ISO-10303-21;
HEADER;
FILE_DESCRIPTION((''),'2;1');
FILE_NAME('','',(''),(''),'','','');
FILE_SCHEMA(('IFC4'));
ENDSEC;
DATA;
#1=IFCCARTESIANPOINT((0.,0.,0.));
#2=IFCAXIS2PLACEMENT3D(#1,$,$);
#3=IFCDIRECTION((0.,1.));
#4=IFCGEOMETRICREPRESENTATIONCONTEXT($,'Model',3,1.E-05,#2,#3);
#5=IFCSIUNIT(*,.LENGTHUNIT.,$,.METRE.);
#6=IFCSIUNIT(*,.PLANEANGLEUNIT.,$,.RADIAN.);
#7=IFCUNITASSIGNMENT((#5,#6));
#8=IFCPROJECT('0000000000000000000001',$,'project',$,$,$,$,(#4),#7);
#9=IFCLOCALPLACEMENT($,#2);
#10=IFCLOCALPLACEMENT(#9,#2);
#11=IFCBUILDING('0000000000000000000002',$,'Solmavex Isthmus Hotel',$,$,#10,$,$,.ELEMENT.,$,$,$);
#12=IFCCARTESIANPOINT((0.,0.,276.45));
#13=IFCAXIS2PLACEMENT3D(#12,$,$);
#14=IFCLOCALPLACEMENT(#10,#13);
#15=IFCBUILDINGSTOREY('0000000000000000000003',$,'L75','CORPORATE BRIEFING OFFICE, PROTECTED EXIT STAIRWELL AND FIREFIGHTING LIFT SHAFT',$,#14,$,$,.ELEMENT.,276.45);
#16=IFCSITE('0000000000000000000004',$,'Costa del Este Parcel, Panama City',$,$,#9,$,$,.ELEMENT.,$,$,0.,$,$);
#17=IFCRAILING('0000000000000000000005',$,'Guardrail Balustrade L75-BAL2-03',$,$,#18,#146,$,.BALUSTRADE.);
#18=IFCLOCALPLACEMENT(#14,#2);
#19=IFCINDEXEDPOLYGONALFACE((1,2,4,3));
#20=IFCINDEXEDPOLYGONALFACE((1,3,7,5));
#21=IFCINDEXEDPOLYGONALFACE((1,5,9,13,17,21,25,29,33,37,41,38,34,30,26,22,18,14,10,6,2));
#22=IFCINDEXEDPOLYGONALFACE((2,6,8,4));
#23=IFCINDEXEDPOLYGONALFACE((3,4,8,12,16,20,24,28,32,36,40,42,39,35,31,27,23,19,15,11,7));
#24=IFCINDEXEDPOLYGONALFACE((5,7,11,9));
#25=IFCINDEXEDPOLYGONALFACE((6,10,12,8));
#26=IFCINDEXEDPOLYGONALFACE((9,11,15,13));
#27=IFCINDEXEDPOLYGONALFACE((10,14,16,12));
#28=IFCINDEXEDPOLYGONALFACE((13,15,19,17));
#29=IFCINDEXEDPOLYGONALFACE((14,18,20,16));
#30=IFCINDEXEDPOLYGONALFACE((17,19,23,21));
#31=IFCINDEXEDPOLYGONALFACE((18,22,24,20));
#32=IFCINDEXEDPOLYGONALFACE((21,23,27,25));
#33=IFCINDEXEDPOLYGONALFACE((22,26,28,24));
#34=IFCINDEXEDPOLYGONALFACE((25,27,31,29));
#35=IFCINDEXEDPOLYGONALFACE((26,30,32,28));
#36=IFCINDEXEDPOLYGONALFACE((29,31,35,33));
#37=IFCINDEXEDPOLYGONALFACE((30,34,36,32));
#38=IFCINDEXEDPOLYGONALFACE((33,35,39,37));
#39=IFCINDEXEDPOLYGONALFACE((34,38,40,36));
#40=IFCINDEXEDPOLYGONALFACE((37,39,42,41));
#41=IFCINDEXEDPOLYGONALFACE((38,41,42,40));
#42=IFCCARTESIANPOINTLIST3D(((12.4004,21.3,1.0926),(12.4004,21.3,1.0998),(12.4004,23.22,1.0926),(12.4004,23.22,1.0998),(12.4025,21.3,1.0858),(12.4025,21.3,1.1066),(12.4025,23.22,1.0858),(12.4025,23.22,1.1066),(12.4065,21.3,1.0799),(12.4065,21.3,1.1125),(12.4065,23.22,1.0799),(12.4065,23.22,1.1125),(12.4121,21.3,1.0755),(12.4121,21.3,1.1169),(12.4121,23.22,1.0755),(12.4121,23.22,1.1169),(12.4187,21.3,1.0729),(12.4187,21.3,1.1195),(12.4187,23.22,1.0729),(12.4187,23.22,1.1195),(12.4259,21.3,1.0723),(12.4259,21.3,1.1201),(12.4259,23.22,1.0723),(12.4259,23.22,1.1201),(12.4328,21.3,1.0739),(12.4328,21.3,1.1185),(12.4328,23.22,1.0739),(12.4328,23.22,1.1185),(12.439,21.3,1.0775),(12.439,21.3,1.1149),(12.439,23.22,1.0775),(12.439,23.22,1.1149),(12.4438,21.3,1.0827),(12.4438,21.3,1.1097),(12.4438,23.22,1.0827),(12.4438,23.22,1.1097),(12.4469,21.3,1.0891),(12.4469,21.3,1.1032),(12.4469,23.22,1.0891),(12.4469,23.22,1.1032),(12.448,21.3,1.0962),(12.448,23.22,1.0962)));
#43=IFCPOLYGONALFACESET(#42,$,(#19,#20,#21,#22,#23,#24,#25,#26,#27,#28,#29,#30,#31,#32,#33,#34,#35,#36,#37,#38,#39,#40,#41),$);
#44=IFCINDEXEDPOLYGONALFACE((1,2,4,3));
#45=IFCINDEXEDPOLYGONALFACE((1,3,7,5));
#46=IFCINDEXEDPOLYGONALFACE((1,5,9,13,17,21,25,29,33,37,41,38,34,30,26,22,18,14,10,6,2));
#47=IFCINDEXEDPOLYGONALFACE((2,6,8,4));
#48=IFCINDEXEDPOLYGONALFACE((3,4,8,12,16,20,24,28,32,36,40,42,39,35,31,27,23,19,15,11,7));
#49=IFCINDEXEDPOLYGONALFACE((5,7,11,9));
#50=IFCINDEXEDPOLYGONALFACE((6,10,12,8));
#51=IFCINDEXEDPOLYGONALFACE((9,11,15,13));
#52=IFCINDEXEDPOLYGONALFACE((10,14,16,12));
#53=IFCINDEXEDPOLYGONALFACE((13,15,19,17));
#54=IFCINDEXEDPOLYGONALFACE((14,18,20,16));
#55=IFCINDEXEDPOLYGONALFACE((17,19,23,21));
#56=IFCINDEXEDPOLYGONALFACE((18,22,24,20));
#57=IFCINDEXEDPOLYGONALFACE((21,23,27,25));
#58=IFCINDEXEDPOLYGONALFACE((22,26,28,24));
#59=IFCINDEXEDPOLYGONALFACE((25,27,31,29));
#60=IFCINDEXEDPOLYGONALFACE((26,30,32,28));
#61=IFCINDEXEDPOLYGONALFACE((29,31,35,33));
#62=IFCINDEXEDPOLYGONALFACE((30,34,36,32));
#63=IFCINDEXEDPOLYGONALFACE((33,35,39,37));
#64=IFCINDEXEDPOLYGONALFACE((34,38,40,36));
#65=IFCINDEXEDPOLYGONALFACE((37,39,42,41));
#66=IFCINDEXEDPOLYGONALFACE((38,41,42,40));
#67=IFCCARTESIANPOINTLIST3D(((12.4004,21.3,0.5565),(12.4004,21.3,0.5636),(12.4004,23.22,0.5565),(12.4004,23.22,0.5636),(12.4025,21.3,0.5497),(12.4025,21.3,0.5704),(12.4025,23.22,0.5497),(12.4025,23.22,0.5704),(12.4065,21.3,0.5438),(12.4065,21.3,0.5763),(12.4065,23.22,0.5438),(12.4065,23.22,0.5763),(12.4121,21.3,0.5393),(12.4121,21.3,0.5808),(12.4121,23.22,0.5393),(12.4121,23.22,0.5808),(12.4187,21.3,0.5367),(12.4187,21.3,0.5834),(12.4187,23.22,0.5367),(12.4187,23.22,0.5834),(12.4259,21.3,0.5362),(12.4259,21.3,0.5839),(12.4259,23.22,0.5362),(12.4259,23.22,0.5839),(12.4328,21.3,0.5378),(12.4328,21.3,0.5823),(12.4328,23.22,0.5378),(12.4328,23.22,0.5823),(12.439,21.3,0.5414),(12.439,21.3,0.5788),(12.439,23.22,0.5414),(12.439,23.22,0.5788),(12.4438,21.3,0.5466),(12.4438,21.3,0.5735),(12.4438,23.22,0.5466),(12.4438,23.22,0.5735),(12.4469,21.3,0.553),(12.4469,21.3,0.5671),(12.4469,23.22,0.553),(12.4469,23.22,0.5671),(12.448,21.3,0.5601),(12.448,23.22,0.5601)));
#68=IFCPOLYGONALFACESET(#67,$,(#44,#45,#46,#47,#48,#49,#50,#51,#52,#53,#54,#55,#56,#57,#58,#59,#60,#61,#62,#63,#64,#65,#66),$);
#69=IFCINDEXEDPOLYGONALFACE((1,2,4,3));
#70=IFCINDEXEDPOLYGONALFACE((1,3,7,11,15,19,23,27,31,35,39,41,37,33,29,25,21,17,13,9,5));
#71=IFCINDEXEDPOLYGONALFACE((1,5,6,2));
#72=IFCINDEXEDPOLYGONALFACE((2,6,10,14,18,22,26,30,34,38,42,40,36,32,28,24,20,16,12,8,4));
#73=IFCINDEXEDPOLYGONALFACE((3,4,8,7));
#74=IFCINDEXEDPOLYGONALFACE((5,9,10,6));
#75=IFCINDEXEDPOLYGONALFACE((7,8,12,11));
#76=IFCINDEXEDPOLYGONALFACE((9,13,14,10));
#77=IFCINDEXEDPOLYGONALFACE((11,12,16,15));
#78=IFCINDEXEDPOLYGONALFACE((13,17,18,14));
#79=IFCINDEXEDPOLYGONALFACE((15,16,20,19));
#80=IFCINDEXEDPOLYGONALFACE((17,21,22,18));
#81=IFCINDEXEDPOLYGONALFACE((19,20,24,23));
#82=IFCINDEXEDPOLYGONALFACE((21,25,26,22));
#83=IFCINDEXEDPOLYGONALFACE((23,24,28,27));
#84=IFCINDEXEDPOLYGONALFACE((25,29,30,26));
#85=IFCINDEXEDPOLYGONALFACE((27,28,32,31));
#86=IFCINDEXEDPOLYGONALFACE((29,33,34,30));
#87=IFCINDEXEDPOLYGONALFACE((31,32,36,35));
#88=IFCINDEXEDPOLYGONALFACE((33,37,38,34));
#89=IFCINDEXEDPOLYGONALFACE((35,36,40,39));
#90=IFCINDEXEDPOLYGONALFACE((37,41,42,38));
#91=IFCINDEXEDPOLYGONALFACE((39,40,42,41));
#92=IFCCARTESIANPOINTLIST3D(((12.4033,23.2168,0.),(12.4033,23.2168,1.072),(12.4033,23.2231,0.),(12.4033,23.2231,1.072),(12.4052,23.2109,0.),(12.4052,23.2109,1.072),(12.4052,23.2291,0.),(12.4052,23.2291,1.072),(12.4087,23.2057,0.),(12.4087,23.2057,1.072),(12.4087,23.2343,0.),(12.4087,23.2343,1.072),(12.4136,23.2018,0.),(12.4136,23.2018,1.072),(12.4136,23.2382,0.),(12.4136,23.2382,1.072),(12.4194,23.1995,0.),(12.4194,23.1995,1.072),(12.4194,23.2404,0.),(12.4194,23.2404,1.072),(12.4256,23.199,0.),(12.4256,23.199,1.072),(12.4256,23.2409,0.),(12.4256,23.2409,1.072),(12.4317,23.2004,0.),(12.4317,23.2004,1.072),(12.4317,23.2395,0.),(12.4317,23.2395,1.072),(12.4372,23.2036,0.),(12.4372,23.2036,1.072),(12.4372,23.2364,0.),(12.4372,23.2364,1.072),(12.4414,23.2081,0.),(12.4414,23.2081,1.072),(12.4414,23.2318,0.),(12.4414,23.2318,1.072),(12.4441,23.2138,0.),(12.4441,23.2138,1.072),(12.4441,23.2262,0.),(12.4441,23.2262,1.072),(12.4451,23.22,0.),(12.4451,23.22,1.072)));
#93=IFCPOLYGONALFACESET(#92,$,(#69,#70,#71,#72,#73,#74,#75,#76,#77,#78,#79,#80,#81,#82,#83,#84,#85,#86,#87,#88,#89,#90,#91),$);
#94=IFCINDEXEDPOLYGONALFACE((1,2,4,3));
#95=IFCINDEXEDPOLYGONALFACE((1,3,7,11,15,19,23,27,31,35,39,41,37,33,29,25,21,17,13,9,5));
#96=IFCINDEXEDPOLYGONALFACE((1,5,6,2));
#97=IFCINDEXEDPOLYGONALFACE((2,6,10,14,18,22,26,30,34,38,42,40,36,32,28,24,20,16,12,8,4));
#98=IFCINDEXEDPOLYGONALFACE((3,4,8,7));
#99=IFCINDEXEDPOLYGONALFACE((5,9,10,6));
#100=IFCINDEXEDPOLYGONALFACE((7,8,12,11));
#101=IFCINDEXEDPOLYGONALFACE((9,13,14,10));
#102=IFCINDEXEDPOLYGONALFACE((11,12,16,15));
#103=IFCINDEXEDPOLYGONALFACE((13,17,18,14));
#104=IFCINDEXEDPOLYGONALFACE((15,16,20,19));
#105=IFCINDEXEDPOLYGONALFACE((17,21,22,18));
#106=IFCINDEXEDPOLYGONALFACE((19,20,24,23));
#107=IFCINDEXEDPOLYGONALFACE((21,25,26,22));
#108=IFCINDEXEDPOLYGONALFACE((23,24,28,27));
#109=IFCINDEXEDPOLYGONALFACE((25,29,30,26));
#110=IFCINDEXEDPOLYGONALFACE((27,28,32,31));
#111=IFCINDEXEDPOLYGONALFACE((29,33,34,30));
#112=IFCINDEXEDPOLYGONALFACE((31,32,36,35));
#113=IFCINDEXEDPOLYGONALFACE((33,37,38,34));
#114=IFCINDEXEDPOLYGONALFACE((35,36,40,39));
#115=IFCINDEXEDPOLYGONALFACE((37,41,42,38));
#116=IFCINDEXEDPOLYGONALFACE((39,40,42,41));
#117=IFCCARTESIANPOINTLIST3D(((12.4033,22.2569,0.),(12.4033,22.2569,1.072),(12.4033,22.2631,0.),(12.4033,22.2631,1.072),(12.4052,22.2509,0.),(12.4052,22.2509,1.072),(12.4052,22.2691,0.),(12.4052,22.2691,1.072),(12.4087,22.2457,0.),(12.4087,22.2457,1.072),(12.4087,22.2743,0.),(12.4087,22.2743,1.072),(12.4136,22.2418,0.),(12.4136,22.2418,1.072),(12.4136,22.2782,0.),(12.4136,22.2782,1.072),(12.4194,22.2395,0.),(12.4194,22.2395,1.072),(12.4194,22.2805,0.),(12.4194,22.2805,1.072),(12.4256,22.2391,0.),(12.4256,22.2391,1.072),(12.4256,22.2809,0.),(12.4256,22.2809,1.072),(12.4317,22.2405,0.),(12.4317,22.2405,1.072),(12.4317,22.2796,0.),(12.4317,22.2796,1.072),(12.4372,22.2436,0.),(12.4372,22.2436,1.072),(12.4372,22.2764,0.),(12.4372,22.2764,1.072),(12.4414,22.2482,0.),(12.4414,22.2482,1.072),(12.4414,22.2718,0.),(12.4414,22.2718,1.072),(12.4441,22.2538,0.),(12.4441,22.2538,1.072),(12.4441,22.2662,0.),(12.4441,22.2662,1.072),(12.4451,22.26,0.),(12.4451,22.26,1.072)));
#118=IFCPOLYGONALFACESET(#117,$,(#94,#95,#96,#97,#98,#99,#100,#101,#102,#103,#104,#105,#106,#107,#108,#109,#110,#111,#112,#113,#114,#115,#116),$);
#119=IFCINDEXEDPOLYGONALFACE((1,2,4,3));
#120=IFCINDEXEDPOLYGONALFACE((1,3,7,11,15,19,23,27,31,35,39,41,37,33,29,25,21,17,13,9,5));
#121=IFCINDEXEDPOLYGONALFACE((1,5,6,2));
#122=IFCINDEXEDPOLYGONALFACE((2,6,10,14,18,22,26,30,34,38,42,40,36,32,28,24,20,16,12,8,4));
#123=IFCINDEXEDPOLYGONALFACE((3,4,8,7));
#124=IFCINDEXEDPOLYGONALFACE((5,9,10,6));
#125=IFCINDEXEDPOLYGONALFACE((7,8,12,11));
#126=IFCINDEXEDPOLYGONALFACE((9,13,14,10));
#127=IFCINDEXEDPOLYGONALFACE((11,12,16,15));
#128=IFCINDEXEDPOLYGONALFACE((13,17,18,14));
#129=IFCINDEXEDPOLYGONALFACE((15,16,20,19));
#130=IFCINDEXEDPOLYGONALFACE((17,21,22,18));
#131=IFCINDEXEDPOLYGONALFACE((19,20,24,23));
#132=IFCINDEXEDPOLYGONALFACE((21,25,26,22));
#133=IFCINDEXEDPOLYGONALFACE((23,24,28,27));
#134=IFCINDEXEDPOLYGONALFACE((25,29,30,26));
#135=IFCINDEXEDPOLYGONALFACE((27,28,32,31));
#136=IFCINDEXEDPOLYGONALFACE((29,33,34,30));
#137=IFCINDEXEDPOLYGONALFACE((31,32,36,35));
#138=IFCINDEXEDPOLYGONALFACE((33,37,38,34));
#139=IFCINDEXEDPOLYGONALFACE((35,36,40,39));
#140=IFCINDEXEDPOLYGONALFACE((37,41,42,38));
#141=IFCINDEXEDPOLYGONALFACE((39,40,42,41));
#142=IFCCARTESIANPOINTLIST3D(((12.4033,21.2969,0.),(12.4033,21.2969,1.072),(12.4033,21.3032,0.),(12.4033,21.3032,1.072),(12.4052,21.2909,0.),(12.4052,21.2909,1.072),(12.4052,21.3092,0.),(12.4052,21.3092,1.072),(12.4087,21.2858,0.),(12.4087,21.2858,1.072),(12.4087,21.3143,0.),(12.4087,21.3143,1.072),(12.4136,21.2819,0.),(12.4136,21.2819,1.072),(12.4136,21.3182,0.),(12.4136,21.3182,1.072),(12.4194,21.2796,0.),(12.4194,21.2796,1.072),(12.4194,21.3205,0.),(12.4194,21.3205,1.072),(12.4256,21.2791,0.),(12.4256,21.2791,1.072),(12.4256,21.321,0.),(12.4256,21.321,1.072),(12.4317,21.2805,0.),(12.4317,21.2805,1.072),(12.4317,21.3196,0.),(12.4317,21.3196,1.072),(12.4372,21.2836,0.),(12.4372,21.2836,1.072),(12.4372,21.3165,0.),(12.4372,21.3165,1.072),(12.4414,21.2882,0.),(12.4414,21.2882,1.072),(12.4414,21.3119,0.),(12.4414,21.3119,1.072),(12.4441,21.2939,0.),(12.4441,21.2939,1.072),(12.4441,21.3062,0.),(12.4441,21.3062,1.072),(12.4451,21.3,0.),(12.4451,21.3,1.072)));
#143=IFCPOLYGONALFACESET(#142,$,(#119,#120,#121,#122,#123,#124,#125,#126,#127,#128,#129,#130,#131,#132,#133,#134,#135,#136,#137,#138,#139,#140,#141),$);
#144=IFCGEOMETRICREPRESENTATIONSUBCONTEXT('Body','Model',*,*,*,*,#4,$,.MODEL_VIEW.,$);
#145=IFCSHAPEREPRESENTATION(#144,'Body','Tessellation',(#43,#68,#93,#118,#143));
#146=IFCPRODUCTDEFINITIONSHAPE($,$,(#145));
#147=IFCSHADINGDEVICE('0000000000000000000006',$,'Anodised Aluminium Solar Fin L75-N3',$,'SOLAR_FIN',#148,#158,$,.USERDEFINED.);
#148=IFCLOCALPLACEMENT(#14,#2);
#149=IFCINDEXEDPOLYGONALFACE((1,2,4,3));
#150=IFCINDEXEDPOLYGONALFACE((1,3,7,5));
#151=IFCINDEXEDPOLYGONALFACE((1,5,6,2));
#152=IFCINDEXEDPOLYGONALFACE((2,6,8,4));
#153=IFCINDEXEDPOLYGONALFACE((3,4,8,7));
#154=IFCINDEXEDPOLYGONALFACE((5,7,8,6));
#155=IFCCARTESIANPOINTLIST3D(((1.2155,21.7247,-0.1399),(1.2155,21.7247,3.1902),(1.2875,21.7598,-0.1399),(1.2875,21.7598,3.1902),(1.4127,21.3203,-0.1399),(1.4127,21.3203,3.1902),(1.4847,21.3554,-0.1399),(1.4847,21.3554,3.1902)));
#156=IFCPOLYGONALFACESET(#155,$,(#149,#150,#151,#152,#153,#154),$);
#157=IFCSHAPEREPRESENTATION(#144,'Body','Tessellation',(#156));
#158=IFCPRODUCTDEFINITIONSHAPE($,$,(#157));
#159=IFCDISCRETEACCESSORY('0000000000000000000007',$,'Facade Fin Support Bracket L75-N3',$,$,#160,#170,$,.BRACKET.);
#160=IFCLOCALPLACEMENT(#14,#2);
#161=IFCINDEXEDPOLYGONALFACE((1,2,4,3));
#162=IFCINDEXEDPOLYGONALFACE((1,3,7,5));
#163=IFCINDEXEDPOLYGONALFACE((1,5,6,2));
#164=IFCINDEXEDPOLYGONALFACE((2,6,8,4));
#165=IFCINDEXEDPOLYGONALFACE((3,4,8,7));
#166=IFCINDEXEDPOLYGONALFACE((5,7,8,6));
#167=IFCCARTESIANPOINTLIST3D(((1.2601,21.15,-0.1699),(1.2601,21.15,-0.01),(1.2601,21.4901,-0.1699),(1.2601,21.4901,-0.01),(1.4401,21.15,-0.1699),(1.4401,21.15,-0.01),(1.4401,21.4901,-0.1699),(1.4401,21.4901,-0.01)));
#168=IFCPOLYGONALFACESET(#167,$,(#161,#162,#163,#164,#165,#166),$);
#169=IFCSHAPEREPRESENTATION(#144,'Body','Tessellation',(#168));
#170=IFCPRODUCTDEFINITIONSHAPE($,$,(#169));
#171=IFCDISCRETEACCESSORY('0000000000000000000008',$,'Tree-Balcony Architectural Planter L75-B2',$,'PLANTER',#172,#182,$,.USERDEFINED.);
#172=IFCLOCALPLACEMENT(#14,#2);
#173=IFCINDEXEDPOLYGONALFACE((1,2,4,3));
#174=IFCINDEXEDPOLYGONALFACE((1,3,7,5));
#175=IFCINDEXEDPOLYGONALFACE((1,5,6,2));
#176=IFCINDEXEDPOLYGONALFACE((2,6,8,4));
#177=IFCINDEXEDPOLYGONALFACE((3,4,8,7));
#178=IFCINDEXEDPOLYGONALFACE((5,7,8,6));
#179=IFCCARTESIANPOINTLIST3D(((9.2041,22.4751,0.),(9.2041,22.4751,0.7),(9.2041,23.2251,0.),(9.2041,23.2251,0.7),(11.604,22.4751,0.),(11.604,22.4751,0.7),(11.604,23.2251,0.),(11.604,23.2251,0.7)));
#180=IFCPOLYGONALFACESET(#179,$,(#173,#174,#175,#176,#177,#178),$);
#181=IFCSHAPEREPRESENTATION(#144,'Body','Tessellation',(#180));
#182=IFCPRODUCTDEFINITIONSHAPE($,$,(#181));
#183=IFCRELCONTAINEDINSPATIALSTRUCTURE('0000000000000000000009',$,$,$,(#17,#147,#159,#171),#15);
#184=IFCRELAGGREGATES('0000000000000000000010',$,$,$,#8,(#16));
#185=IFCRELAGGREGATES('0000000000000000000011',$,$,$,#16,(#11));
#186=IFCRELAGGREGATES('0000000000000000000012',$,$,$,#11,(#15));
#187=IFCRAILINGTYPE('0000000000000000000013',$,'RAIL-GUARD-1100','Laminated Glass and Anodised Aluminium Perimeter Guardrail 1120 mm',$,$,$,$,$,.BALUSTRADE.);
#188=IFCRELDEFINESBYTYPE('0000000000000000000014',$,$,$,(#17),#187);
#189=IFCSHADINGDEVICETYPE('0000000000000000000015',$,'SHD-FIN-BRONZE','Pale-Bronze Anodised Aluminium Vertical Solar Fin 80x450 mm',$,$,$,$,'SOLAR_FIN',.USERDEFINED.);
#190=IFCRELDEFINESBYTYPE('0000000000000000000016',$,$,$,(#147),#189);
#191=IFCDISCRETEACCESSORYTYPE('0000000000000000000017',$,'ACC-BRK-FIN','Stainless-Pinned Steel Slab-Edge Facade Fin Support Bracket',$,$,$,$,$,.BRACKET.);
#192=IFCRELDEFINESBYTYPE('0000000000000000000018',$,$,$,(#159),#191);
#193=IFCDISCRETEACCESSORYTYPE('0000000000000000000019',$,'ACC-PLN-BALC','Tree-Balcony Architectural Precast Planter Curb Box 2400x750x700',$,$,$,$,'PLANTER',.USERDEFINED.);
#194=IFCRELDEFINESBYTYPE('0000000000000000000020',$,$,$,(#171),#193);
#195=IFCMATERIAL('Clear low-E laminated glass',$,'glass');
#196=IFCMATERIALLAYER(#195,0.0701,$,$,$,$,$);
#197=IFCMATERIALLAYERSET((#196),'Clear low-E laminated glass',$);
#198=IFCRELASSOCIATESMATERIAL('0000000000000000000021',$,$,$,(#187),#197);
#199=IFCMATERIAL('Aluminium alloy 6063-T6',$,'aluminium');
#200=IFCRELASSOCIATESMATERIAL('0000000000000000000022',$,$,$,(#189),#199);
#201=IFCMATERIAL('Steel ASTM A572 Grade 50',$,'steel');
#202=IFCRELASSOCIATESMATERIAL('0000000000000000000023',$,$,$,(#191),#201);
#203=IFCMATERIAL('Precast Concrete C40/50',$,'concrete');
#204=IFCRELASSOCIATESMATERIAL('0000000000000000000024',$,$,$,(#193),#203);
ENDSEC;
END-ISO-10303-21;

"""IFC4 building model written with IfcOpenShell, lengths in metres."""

from ifc_helpers import new_model, si_unit, direction, frame, origin, origin_2d, place, context, subcontext, project, spatial, rectangle, circle, extrude, material, layer, layer_set, type_object, element, save


model = new_model("IFC4")

# Units and contexts
model_context = context("Model", 3, precision=1e-05, world=origin(), true_north=direction((0.0, 1.0)))
body_context = subcontext(model_context, "Body", "Model", "MODEL_VIEW")
ifc_project = project(units=[si_unit("LENGTHUNIT", "METRE"), si_unit("PLANEANGLEUNIT", "RADIAN")], contexts=[model_context])

# Site, building, storey
site_placement = place(None, origin())
site = spatial("IfcSite", under=ifc_project, at=site_placement, Name="Costa del Este Parcel, Panama City", CompositionType="ELEMENT", RefElevation=0.0)
building_placement = place(site_placement, origin())
building = spatial("IfcBuilding", under=site, at=building_placement, Name="Solmavex Isthmus Hotel", CompositionType="ELEMENT")
storey_placement = place(building_placement, frame((0.0, 0.0, 276.45)))
storey = spatial("IfcBuildingStorey", under=building, at=storey_placement, Name="L75", Description="CORPORATE BRIEFING OFFICE, PROTECTED EXIT STAIRWELL AND FIREFIGHTING LIFT SHAFT", CompositionType="ELEMENT", Elevation=276.45)

# Shared definitions
ifc_material_1 = material(Name="Aluminium alloy 6063-T6", Category="aluminium")

# Shared definitions
ifc_material_2 = material(Name="Clear low-E laminated glass", Category="glass")

# Shared definitions
ifc_material_3 = material(Name="Precast Concrete C40/50", Category="concrete")

# Railing
ifc_layer_1 = layer(ifc_material_2, 0.0701)
ifc_layer_set_1 = layer_set([ifc_layer_1], Name="Clear low-E laminated glass")
railing_type = type_object("IfcRailingType", Name="RAIL-GUARD-1100", Description="Laminated Glass and Anodised Aluminium Perimeter Guardrail 1120 mm", PredefinedType="BALUSTRADE", material=ifc_layer_set_1)
railing_1_placement = place(storey_placement, frame((12.4241, 23.22, 0.0)))
element("IfcRailing", 1, at=railing_1_placement, inside=storey, type_object=railing_type, Name="Guardrail Balustrade L75-BAL2-03", PredefinedType="BALUSTRADE", context=body_context, shape_type="SweptSolid", body=[
    extrude(circle(Radius=0.0239, at=origin_2d()), frame((0.0, 0.0, 1.0962), z_axis=(0.0, -1.0, 0.0), x_axis=(1.0, 0.0, 0.0)), (0.0, 0.0, 1.0), 1.9199),
    extrude(circle(Radius=0.0239, at=origin_2d()), frame((0.0, 0.0, 0.5601), z_axis=(0.0, -1.0, 0.0), x_axis=(1.0, 0.0, 0.0)), (0.0, 0.0, 1.0), 1.9199),
    extrude(circle(Radius=0.021, at=origin_2d()), origin(), (0.0, 0.0, 1.0), 1.072),
    extrude(circle(Radius=0.021, at=origin_2d()), frame((0.0, -0.96, 0.0)), (0.0, 0.0, 1.0), 1.072),
    extrude(circle(Radius=0.021, at=origin_2d()), frame((0.0, -1.9199, 0.0)), (0.0, 0.0, 1.0), 1.072),
])

# Shading device
shading_device_type = type_object("IfcShadingDeviceType", Name="SHD-FIN-BRONZE", Description="Pale-Bronze Anodised Aluminium Vertical Solar Fin 80x450 mm", ElementType="SOLAR_FIN", PredefinedType="USERDEFINED", material=ifc_material_1)
shading_device_placement = place(storey_placement, frame((1.3501, 21.54, -0.1399), z_axis=(0.0, 0.0, 1.0), x_axis=(-0.438371, 0.898794, 0.0)))
element("IfcShadingDevice", 2, at=shading_device_placement, inside=storey, type_object=shading_device_type, Name="Anodised Aluminium Solar Fin L75-N3", ObjectType="SOLAR_FIN", PredefinedType="USERDEFINED", context=body_context, shape_type="SweptSolid", body=[
    extrude(rectangle(XDim=0.45, YDim=0.0801, at=origin_2d()), origin(), (0.0, 0.0, 1.0), 3.3301),
])

# Discrete accessories
ifc_material_4 = material(Name="Steel ASTM A572 Grade 50", Category="steel")
discrete_accessory_type_1 = type_object("IfcDiscreteAccessoryType", Name="ACC-BRK-FIN", Description="Stainless-Pinned Steel Slab-Edge Facade Fin Support Bracket", PredefinedType="BRACKET", material=ifc_material_4)
discrete_accessory_1_placement = place(storey_placement, frame((1.3501, 21.3201, -0.1699), z_axis=(0.0, 0.0, 1.0), x_axis=(0.0, 1.0, 0.0)))
element("IfcDiscreteAccessory", 3, at=discrete_accessory_1_placement, inside=storey, type_object=discrete_accessory_type_1, Name="Facade Fin Support Bracket L75-N3", PredefinedType="BRACKET", context=body_context, shape_type="SweptSolid", body=[
    extrude(rectangle(XDim=0.3401, YDim=0.1799, at=origin_2d()), origin(), (0.0, 0.0, 1.0), 0.1599),
])
discrete_accessory_type_2 = type_object("IfcDiscreteAccessoryType", Name="ACC-PLN-BALC", Description="Tree-Balcony Architectural Precast Planter Curb Box 2400x750x700", ElementType="PLANTER", PredefinedType="USERDEFINED", material=ifc_material_3)
discrete_accessory_2_placement = place(storey_placement, frame((10.4041, 22.8501, 0.0), z_axis=(0.0, 0.0, 1.0), x_axis=(1.0, 0.0, 0.0)))
element("IfcDiscreteAccessory", 4, at=discrete_accessory_2_placement, inside=storey, type_object=discrete_accessory_type_2, Name="Tree-Balcony Architectural Planter L75-B2", ObjectType="PLANTER", PredefinedType="USERDEFINED", context=body_context, shape_type="SweptSolid", body=[
    extrude(rectangle(XDim=2.3999, YDim=0.75, at=origin_2d()), origin(), (0.0, 0.0, 1.0), 0.7),
])

save(model, "model.ifc")
